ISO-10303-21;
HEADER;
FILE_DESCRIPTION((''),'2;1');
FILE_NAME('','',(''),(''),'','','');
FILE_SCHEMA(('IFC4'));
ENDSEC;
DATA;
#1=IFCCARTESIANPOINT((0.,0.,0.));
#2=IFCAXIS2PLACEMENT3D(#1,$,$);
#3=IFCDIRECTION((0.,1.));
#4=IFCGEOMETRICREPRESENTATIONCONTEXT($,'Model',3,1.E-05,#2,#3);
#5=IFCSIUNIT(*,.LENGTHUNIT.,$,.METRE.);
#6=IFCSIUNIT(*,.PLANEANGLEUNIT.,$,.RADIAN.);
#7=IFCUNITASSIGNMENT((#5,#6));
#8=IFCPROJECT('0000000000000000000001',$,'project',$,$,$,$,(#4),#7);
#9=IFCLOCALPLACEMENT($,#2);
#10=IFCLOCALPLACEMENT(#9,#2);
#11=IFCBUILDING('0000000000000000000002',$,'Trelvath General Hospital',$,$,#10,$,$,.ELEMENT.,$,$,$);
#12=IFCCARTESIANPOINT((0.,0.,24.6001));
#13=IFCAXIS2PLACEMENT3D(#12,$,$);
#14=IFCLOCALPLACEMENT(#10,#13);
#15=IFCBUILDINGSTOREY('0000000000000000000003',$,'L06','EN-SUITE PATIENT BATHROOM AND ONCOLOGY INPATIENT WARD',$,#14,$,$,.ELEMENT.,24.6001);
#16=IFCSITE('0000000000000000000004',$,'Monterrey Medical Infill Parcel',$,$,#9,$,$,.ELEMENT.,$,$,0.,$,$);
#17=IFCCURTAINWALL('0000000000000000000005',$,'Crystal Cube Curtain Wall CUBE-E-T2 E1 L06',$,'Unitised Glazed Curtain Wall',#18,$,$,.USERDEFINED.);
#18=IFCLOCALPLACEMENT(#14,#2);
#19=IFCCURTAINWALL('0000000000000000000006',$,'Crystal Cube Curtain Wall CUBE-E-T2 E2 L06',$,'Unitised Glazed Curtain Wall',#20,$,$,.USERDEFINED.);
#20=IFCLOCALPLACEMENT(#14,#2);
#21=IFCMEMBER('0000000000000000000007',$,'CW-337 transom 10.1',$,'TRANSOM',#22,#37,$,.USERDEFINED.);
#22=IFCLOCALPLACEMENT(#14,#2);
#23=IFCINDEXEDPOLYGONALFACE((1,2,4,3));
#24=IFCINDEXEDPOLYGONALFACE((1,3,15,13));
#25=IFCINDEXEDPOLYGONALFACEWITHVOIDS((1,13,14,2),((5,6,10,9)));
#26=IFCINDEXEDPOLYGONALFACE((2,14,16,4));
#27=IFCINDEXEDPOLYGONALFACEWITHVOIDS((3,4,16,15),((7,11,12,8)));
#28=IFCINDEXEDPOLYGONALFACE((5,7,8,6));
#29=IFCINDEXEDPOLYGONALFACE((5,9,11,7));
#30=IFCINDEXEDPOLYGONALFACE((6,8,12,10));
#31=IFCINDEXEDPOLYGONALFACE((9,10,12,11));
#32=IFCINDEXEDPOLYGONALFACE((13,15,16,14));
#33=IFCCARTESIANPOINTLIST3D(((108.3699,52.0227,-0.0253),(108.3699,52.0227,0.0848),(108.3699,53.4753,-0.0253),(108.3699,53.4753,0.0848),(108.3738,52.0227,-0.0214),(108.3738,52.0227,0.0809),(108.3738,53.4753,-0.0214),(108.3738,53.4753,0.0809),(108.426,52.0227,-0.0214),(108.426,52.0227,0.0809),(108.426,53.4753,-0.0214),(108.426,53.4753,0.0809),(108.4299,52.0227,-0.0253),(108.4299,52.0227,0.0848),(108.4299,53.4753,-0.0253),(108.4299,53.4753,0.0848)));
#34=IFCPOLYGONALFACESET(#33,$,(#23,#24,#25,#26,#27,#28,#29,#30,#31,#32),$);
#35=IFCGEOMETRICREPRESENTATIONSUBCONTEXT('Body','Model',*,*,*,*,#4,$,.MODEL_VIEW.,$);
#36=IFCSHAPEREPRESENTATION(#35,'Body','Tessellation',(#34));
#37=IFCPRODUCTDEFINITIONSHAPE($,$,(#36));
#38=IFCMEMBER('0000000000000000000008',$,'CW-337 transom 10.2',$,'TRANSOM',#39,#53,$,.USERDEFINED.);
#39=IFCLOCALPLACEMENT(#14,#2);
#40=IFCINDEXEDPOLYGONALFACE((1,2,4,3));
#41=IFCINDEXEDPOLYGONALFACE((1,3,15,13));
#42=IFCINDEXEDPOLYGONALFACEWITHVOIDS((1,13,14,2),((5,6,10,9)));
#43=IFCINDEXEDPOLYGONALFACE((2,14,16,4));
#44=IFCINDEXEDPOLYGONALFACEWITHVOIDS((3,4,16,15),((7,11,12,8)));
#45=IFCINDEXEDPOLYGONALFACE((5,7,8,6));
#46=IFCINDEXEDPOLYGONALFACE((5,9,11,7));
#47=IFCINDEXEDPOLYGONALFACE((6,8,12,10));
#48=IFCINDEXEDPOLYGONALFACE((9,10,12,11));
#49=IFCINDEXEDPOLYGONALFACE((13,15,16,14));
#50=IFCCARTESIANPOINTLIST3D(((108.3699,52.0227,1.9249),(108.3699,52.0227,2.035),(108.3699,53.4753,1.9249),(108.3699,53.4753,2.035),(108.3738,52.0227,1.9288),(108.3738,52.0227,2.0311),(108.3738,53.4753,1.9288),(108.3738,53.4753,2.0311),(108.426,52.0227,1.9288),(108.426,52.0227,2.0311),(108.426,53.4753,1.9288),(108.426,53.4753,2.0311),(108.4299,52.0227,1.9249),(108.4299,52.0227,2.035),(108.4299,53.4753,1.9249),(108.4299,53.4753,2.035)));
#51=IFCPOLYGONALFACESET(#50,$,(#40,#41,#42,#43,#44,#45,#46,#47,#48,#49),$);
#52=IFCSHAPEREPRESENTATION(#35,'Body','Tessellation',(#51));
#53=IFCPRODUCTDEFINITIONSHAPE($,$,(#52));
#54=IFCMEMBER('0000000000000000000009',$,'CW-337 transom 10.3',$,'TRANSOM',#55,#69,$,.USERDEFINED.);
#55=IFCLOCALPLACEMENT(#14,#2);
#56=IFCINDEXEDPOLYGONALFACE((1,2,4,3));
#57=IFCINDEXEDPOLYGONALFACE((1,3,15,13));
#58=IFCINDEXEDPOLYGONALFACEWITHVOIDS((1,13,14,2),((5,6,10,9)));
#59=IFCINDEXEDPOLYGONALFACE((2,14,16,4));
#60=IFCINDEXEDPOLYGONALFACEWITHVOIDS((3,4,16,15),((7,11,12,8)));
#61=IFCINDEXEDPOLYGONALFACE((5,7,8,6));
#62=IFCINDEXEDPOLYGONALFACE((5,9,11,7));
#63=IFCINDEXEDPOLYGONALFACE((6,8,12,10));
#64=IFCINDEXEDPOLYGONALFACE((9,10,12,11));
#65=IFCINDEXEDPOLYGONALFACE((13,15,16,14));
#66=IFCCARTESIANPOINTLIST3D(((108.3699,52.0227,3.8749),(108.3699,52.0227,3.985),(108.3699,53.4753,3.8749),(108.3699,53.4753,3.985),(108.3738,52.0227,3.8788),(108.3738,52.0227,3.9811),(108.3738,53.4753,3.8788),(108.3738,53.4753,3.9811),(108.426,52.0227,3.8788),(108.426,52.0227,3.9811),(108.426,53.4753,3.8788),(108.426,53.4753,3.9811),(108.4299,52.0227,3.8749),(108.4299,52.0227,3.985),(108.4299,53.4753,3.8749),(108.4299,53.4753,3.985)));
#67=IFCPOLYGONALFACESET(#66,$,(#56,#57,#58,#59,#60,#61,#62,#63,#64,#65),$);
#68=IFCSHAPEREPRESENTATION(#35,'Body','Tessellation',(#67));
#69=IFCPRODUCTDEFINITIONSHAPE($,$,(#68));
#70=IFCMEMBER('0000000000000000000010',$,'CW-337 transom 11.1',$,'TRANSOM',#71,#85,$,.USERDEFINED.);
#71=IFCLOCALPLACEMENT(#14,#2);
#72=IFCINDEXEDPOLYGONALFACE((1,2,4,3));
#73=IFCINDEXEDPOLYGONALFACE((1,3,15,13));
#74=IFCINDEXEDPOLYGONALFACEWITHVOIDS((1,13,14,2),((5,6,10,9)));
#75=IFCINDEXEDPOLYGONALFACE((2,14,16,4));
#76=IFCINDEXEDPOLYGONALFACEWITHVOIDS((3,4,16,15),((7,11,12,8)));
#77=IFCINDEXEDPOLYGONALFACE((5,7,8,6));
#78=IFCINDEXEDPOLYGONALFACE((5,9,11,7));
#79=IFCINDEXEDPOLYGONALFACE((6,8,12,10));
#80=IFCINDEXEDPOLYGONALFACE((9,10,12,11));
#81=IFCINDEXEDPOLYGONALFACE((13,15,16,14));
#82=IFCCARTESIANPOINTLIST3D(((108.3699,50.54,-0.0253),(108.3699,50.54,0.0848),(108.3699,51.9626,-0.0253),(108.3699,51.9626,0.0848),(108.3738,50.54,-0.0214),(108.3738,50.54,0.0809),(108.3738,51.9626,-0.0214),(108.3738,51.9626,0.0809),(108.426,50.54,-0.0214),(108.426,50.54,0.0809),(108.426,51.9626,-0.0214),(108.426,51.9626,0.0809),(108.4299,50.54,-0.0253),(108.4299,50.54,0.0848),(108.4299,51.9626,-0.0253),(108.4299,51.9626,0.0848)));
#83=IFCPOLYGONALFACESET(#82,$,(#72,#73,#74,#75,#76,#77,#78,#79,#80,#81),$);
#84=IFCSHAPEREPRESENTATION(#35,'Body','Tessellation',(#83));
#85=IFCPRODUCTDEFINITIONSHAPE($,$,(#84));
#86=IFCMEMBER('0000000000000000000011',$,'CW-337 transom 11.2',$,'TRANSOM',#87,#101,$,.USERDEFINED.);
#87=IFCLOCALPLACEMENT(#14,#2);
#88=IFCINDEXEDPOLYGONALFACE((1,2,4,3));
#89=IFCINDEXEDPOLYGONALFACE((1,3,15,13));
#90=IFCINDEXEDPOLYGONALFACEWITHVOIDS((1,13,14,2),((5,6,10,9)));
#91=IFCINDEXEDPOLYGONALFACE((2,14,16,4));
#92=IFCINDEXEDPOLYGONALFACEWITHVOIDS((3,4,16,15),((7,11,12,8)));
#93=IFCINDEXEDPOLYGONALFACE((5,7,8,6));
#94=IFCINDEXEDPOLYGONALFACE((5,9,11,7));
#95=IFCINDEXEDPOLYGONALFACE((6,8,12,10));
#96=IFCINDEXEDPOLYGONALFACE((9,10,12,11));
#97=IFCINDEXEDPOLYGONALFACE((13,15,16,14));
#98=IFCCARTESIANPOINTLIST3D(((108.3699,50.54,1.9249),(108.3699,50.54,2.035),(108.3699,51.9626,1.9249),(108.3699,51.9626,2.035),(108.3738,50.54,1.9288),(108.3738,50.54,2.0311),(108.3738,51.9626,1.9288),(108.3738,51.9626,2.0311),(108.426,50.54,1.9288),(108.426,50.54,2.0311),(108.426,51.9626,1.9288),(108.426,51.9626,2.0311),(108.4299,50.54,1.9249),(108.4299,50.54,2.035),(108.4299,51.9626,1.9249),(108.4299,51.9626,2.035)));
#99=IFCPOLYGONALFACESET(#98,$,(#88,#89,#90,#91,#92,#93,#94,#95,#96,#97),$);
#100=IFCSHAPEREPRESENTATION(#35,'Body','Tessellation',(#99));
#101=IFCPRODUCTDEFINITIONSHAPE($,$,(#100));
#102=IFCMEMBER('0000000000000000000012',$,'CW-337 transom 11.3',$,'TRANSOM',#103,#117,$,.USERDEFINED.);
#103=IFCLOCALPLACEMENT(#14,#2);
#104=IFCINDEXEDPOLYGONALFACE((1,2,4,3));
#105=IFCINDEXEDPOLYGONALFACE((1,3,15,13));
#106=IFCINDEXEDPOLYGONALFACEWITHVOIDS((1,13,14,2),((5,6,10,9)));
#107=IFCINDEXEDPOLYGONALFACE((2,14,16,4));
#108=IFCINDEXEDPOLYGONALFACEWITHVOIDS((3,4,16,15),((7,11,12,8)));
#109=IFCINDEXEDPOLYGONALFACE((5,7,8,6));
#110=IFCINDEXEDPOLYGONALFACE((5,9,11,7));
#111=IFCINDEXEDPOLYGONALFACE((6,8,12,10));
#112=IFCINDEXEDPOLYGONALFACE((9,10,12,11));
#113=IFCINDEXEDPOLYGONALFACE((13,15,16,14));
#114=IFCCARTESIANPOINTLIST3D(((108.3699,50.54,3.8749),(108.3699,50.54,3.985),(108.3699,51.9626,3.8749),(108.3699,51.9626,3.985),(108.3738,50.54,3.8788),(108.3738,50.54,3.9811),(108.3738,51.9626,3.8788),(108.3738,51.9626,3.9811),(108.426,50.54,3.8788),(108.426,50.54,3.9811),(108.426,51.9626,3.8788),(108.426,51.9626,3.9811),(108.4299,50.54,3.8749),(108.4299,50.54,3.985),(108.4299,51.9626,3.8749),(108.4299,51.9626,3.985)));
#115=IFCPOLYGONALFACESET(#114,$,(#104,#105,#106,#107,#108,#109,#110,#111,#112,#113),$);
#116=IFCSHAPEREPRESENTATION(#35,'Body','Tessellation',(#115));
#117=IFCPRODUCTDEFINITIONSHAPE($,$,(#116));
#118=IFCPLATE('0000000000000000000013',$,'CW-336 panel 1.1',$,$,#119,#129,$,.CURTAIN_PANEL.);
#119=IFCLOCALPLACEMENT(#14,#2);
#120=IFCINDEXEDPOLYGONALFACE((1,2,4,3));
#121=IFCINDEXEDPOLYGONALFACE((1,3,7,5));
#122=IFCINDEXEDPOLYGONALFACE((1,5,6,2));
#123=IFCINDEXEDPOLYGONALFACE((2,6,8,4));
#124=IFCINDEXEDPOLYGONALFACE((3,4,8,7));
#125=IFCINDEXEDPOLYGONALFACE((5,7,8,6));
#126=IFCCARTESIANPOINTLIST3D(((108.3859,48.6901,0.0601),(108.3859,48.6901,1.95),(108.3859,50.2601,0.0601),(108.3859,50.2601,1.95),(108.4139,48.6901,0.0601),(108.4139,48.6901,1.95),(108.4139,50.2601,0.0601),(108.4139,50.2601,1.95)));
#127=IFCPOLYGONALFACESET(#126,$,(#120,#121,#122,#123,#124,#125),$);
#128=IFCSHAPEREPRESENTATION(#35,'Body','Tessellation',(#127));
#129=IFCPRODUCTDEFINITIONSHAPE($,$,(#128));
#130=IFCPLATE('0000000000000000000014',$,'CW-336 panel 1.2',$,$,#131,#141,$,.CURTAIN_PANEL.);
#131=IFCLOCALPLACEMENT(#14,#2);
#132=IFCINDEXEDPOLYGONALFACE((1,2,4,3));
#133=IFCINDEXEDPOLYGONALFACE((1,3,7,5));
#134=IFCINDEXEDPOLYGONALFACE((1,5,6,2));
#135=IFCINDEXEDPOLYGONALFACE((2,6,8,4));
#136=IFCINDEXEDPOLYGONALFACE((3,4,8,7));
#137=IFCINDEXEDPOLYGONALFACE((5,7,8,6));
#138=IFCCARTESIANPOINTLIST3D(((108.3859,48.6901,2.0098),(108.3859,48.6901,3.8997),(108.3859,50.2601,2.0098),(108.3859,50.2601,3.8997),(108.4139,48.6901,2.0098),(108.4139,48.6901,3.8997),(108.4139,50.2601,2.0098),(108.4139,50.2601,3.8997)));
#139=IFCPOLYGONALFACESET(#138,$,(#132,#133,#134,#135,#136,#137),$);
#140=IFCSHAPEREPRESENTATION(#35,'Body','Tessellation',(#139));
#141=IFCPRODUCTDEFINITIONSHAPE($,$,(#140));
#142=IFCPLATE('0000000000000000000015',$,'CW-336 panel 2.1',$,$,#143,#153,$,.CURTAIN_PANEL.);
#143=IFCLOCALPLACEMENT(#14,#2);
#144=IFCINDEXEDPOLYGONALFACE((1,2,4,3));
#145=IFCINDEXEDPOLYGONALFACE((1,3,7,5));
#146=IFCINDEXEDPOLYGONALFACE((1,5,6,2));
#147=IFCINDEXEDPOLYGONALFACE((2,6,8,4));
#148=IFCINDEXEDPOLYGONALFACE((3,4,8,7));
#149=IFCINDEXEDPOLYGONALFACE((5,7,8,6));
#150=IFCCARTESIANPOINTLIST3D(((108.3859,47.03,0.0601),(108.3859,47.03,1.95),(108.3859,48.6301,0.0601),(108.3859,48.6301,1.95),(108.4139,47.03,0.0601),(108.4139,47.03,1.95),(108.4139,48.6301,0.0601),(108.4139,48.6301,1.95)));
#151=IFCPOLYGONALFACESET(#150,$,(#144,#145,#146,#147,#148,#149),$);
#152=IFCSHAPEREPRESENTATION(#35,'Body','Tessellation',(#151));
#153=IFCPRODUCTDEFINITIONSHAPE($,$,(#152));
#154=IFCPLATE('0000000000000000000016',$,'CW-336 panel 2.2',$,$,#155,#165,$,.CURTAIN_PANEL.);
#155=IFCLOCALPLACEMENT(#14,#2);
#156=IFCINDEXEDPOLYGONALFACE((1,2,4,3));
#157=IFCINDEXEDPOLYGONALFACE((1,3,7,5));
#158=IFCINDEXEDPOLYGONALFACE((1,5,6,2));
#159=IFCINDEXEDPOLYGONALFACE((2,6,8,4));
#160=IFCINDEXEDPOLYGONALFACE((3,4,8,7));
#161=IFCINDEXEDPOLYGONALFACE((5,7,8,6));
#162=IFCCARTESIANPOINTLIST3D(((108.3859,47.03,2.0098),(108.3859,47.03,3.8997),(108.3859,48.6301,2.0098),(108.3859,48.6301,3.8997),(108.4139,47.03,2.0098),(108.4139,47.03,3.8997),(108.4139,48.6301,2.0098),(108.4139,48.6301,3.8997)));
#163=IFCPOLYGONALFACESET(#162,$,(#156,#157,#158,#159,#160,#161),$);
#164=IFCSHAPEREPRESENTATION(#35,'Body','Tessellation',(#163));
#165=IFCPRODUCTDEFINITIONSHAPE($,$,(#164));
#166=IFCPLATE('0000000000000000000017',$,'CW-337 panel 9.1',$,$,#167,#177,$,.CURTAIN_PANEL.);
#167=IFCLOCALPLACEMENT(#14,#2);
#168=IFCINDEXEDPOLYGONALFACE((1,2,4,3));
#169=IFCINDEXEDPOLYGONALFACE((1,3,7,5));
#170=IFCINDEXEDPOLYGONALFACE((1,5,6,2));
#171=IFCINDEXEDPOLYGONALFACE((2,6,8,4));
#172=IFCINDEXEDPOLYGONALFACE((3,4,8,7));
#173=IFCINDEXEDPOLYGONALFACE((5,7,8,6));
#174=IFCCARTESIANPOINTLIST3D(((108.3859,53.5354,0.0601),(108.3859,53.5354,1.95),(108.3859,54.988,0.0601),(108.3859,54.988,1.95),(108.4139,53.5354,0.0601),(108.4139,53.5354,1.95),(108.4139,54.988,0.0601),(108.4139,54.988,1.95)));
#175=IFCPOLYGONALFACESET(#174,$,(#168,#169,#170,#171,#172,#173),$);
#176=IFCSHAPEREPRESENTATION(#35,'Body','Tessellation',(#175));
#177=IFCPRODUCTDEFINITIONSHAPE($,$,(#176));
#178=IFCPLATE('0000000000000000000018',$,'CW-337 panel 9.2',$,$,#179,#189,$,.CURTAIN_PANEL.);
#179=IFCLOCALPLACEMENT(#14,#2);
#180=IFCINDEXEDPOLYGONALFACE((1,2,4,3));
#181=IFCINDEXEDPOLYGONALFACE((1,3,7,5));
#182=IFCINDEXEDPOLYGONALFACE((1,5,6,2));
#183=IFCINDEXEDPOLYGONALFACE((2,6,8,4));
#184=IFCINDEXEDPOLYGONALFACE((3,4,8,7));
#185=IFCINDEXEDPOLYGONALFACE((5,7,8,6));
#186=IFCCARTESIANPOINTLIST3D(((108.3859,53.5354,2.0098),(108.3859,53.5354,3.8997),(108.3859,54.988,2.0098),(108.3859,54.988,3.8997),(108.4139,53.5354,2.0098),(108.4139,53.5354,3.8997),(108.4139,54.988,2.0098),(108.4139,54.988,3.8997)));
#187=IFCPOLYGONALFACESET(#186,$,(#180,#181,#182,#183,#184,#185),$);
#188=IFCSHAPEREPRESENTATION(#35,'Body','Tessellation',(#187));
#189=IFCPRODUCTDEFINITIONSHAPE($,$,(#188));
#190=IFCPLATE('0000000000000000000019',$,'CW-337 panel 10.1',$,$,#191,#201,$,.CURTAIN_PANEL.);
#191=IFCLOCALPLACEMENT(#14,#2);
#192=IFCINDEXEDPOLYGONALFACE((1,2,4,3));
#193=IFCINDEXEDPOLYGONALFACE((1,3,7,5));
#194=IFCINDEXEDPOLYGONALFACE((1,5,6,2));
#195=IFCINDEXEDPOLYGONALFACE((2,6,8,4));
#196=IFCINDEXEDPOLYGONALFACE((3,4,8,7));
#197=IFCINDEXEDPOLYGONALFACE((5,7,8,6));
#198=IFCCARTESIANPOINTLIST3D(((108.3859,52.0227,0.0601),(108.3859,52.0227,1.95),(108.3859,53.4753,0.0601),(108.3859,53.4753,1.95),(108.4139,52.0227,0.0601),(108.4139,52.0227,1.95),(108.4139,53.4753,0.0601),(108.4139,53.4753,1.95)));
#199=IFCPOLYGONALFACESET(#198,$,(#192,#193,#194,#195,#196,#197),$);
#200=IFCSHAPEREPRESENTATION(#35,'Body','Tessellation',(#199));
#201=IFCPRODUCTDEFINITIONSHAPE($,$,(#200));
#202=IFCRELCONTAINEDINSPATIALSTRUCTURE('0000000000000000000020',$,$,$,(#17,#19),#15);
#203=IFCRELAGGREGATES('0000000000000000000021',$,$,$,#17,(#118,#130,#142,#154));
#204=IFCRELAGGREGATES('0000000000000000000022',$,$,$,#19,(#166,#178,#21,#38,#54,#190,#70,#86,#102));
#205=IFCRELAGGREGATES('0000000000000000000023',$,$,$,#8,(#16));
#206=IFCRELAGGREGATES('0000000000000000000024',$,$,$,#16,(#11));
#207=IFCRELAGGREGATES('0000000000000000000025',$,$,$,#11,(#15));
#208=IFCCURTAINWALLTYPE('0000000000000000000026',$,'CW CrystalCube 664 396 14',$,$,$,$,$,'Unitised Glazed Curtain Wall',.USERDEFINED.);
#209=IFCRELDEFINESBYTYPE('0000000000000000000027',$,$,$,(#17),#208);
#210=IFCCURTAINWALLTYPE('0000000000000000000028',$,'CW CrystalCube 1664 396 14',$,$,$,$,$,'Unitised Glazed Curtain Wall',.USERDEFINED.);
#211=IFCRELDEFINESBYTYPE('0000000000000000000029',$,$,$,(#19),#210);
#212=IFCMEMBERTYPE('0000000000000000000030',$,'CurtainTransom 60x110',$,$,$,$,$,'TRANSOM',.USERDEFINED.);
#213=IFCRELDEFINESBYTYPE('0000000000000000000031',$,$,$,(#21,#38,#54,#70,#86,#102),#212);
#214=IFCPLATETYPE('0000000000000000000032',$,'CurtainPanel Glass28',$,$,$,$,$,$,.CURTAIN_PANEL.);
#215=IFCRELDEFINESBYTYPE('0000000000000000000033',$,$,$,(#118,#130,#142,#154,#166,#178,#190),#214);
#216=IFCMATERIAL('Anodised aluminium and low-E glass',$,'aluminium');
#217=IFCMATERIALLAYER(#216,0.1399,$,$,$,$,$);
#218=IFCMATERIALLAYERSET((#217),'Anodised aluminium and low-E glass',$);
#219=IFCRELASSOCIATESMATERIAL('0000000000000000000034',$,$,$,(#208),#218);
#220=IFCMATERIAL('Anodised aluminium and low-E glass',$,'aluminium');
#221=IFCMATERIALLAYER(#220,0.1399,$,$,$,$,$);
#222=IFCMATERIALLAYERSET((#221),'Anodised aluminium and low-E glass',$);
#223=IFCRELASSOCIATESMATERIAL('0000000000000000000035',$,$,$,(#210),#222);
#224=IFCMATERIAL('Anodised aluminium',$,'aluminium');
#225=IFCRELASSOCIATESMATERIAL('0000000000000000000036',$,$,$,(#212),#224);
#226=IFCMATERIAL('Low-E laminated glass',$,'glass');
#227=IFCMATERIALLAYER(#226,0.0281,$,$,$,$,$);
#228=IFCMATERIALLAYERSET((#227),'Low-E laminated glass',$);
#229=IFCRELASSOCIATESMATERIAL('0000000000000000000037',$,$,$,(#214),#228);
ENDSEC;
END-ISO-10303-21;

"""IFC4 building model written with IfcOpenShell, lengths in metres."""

from ifc_helpers import new_model, si_unit, direction, frame, origin, origin_2d, place, context, subcontext, project, spatial, rectangle, hollow_rectangle, extrude, material, layer, layer_set, material_profile, profile_set, type_object, element, aggregate, save


model = new_model("IFC4")

# Units and contexts
model_context = context("Model", 3, precision=1e-05, world=origin(), true_north=direction((0.0, 1.0)))
body_context = subcontext(model_context, "Body", "Model", "MODEL_VIEW")
ifc_project = project(units=[si_unit("LENGTHUNIT", "METRE"), si_unit("PLANEANGLEUNIT", "RADIAN")], contexts=[model_context])

# Site, building, storey
site_placement = place(None, origin())
site = spatial("IfcSite", under=ifc_project, at=site_placement, Name="Monterrey Medical Infill Parcel", CompositionType="ELEMENT", RefElevation=0.0)
building_placement = place(site_placement, origin())
building = spatial("IfcBuilding", under=site, at=building_placement, Name="Trelvath General Hospital", CompositionType="ELEMENT")
storey_placement = place(building_placement, frame((0.0, 0.0, 24.6001)))
storey = spatial("IfcBuildingStorey", under=building, at=storey_placement, Name="L06", Description="EN-SUITE PATIENT BATHROOM AND ONCOLOGY INPATIENT WARD", CompositionType="ELEMENT", Elevation=24.6001)

# Curtain walls
ifc_material_1 = material(Name="Anodised aluminium and low-E glass", Category="aluminium")
ifc_layer_1 = layer(ifc_material_1, 0.1399)
ifc_layer_set_1 = layer_set([ifc_layer_1], Name="Anodised aluminium and low-E glass")
curtain_wall_type_1 = type_object("IfcCurtainWallType", Name="CW CrystalCube 664 396 14", ElementType="Unitised Glazed Curtain Wall", PredefinedType="USERDEFINED", material=ifc_layer_set_1)
curtain_wall_1_placement = place(storey_placement, origin())
curtain_wall_1 = element("IfcCurtainWall", 1, at=curtain_wall_1_placement, inside=storey, type_object=curtain_wall_type_1, Name="Crystal Cube Curtain Wall CUBE-E-T2 E1 L06", ObjectType="Unitised Glazed Curtain Wall", PredefinedType="USERDEFINED")
ifc_material_2 = material(Name="Anodised aluminium and low-E glass", Category="aluminium")
ifc_layer_2 = layer(ifc_material_2, 0.1399)
ifc_layer_set_2 = layer_set([ifc_layer_2], Name="Anodised aluminium and low-E glass")
curtain_wall_type_2 = type_object("IfcCurtainWallType", Name="CW CrystalCube 1664 396 14", ElementType="Unitised Glazed Curtain Wall", PredefinedType="USERDEFINED", material=ifc_layer_set_2)
curtain_wall_2_placement = place(storey_placement, origin())
curtain_wall_2 = element("IfcCurtainWall", 2, at=curtain_wall_2_placement, inside=storey, type_object=curtain_wall_type_2, Name="Crystal Cube Curtain Wall CUBE-E-T2 E2 L06", ObjectType="Unitised Glazed Curtain Wall", PredefinedType="USERDEFINED")

# Members
ifc_material_3 = material(Name="Anodised aluminium", Category="aluminium")
ifc_material_profile_1 = material_profile(ifc_material_3, hollow_rectangle(XDim=0.0601, YDim=0.1101, WallThickness=0.0039, at=origin_2d()), Name="RHS60x110x4")
ifc_profile_set_1 = profile_set([ifc_material_profile_1], Name="Anodised aluminium")
member_type_1 = type_object("IfcMemberType", Name="CurtainTransom 60x110", ElementType="TRANSOM", PredefinedType="USERDEFINED", material=ifc_profile_set_1)
member_1_placement = place(storey_placement, frame((108.3999, 53.4753, 0.0298), z_axis=(0.0, -1.0, 0.0), x_axis=(1.0, 0.0, 0.0)))
member_1 = element("IfcMember", 3, at=member_1_placement, type_object=member_type_1, Name="CW-337 transom 10.1", ObjectType="TRANSOM", PredefinedType="USERDEFINED", context=body_context, shape_type="SweptSolid", body=[
    extrude(hollow_rectangle(XDim=0.0601, YDim=0.1101, WallThickness=0.0039, at=origin_2d()), origin(), (0.0, 0.0, 1.0), 1.4526),
])
member_2_placement = place(storey_placement, frame((108.3999, 53.4753, 1.98), z_axis=(0.0, -1.0, 0.0), x_axis=(1.0, 0.0, 0.0)))
member_2 = element("IfcMember", 4, at=member_2_placement, type_object=member_type_1, Name="CW-337 transom 10.2", ObjectType="TRANSOM", PredefinedType="USERDEFINED", context=body_context, shape_type="SweptSolid", body=[
    extrude(hollow_rectangle(XDim=0.0601, YDim=0.1101, WallThickness=0.0039, at=origin_2d()), origin(), (0.0, 0.0, 1.0), 1.4526),
])
member_3_placement = place(storey_placement, frame((108.3999, 53.4753, 3.9299), z_axis=(0.0, -1.0, 0.0), x_axis=(1.0, 0.0, 0.0)))
member_3 = element("IfcMember", 5, at=member_3_placement, type_object=member_type_1, Name="CW-337 transom 10.3", ObjectType="TRANSOM", PredefinedType="USERDEFINED", context=body_context, shape_type="SweptSolid", body=[
    extrude(hollow_rectangle(XDim=0.0601, YDim=0.1101, WallThickness=0.0039, at=origin_2d()), origin(), (0.0, 0.0, 1.0), 1.4526),
])
member_4_placement = place(storey_placement, frame((108.3999, 51.9626, 0.0298), z_axis=(0.0, -1.0, 0.0), x_axis=(1.0, 0.0, 0.0)))
member_4 = element("IfcMember", 6, at=member_4_placement, type_object=member_type_1, Name="CW-337 transom 11.1", ObjectType="TRANSOM", PredefinedType="USERDEFINED", context=body_context, shape_type="SweptSolid", body=[
    extrude(hollow_rectangle(XDim=0.0601, YDim=0.1101, WallThickness=0.0039, at=origin_2d()), origin(), (0.0, 0.0, 1.0), 1.4226),
])
member_5_placement = place(storey_placement, frame((108.3999, 51.9626, 1.98), z_axis=(0.0, -1.0, 0.0), x_axis=(1.0, 0.0, 0.0)))
member_5 = element("IfcMember", 7, at=member_5_placement, type_object=member_type_1, Name="CW-337 transom 11.2", ObjectType="TRANSOM", PredefinedType="USERDEFINED", context=body_context, shape_type="SweptSolid", body=[
    extrude(hollow_rectangle(XDim=0.0601, YDim=0.1101, WallThickness=0.0039, at=origin_2d()), origin(), (0.0, 0.0, 1.0), 1.4226),
])
member_6_placement = place(storey_placement, frame((108.3999, 51.9626, 3.9299), z_axis=(0.0, -1.0, 0.0), x_axis=(1.0, 0.0, 0.0)))
member_6 = element("IfcMember", 8, at=member_6_placement, type_object=member_type_1, Name="CW-337 transom 11.3", ObjectType="TRANSOM", PredefinedType="USERDEFINED", context=body_context, shape_type="SweptSolid", body=[
    extrude(hollow_rectangle(XDim=0.0601, YDim=0.1101, WallThickness=0.0039, at=origin_2d()), origin(), (0.0, 0.0, 1.0), 1.4226),
])

# Plates
ifc_material_4 = material(Name="Low-E laminated glass", Category="glass")
ifc_layer_3 = layer(ifc_material_4, 0.0281)
ifc_layer_set_3 = layer_set([ifc_layer_3], Name="Low-E laminated glass")
plate_type = type_object("IfcPlateType", Name="CurtainPanel Glass28", PredefinedType="CURTAIN_PANEL", material=ifc_layer_set_3)
plate_1_placement = place(storey_placement, frame((108.3999, 49.4751, 0.0601), z_axis=(0.0, 0.0, 1.0), x_axis=(0.0, -1.0, 0.0)))
plate_1 = element("IfcPlate", 9, at=plate_1_placement, type_object=plate_type, Name="CW-336 panel 1.1", PredefinedType="CURTAIN_PANEL", context=body_context, shape_type="SweptSolid", body=[
    extrude(rectangle(XDim=1.5701, YDim=0.0281, at=origin_2d()), origin(), (0.0, 0.0, 1.0), 1.8899),
])
plate_2_placement = place(storey_placement, frame((108.3999, 49.4751, 2.0098), z_axis=(0.0, 0.0, 1.0), x_axis=(0.0, -1.0, 0.0)))
plate_2 = element("IfcPlate", 10, at=plate_2_placement, type_object=plate_type, Name="CW-336 panel 1.2", PredefinedType="CURTAIN_PANEL", context=body_context, shape_type="SweptSolid", body=[
    extrude(rectangle(XDim=1.5701, YDim=0.0281, at=origin_2d()), origin(), (0.0, 0.0, 1.0), 1.8899),
])
plate_3_placement = place(storey_placement, frame((108.3999, 47.8301, 0.0601), z_axis=(0.0, 0.0, 1.0), x_axis=(0.0, -1.0, 0.0)))
plate_3 = element("IfcPlate", 11, at=plate_3_placement, type_object=plate_type, Name="CW-336 panel 2.1", PredefinedType="CURTAIN_PANEL", context=body_context, shape_type="SweptSolid", body=[
    extrude(rectangle(XDim=1.6001, YDim=0.0281, at=origin_2d()), origin(), (0.0, 0.0, 1.0), 1.8899),
])
plate_4_placement = place(storey_placement, frame((108.3999, 47.8301, 2.0098), z_axis=(0.0, 0.0, 1.0), x_axis=(0.0, -1.0, 0.0)))
plate_4 = element("IfcPlate", 12, at=plate_4_placement, type_object=plate_type, Name="CW-336 panel 2.2", PredefinedType="CURTAIN_PANEL", context=body_context, shape_type="SweptSolid", body=[
    extrude(rectangle(XDim=1.6001, YDim=0.0281, at=origin_2d()), origin(), (0.0, 0.0, 1.0), 1.8899),
])
aggregate(curtain_wall_1, [plate_1, plate_2, plate_3, plate_4])
plate_5_placement = place(storey_placement, frame((108.3999, 54.2617, 0.0601), z_axis=(0.0, 0.0, 1.0), x_axis=(0.0, -1.0, 0.0)))
plate_5 = element("IfcPlate", 13, at=plate_5_placement, type_object=plate_type, Name="CW-337 panel 9.1", PredefinedType="CURTAIN_PANEL", context=body_context, shape_type="SweptSolid", body=[
    extrude(rectangle(XDim=1.4526, YDim=0.0281, at=origin_2d()), origin(), (0.0, 0.0, 1.0), 1.8899),
])
plate_6_placement = place(storey_placement, frame((108.3999, 54.2617, 2.0098), z_axis=(0.0, 0.0, 1.0), x_axis=(0.0, -1.0, 0.0)))
plate_6 = element("IfcPlate", 14, at=plate_6_placement, type_object=plate_type, Name="CW-337 panel 9.2", PredefinedType="CURTAIN_PANEL", context=body_context, shape_type="SweptSolid", body=[
    extrude(rectangle(XDim=1.4526, YDim=0.0281, at=origin_2d()), origin(), (0.0, 0.0, 1.0), 1.8899),
])
plate_7_placement = place(storey_placement, frame((108.3999, 52.749, 0.0601), z_axis=(0.0, 0.0, 1.0), x_axis=(0.0, -1.0, 0.0)))
plate_7 = element("IfcPlate", 15, at=plate_7_placement, type_object=plate_type, Name="CW-337 panel 10.1", PredefinedType="CURTAIN_PANEL", context=body_context, shape_type="SweptSolid", body=[
    extrude(rectangle(XDim=1.4526, YDim=0.0281, at=origin_2d()), origin(), (0.0, 0.0, 1.0), 1.8899),
])
aggregate(curtain_wall_2, [plate_5, plate_6, member_1, member_2, member_3, plate_7, member_4, member_5, member_6])

save(model, "model.ifc")
